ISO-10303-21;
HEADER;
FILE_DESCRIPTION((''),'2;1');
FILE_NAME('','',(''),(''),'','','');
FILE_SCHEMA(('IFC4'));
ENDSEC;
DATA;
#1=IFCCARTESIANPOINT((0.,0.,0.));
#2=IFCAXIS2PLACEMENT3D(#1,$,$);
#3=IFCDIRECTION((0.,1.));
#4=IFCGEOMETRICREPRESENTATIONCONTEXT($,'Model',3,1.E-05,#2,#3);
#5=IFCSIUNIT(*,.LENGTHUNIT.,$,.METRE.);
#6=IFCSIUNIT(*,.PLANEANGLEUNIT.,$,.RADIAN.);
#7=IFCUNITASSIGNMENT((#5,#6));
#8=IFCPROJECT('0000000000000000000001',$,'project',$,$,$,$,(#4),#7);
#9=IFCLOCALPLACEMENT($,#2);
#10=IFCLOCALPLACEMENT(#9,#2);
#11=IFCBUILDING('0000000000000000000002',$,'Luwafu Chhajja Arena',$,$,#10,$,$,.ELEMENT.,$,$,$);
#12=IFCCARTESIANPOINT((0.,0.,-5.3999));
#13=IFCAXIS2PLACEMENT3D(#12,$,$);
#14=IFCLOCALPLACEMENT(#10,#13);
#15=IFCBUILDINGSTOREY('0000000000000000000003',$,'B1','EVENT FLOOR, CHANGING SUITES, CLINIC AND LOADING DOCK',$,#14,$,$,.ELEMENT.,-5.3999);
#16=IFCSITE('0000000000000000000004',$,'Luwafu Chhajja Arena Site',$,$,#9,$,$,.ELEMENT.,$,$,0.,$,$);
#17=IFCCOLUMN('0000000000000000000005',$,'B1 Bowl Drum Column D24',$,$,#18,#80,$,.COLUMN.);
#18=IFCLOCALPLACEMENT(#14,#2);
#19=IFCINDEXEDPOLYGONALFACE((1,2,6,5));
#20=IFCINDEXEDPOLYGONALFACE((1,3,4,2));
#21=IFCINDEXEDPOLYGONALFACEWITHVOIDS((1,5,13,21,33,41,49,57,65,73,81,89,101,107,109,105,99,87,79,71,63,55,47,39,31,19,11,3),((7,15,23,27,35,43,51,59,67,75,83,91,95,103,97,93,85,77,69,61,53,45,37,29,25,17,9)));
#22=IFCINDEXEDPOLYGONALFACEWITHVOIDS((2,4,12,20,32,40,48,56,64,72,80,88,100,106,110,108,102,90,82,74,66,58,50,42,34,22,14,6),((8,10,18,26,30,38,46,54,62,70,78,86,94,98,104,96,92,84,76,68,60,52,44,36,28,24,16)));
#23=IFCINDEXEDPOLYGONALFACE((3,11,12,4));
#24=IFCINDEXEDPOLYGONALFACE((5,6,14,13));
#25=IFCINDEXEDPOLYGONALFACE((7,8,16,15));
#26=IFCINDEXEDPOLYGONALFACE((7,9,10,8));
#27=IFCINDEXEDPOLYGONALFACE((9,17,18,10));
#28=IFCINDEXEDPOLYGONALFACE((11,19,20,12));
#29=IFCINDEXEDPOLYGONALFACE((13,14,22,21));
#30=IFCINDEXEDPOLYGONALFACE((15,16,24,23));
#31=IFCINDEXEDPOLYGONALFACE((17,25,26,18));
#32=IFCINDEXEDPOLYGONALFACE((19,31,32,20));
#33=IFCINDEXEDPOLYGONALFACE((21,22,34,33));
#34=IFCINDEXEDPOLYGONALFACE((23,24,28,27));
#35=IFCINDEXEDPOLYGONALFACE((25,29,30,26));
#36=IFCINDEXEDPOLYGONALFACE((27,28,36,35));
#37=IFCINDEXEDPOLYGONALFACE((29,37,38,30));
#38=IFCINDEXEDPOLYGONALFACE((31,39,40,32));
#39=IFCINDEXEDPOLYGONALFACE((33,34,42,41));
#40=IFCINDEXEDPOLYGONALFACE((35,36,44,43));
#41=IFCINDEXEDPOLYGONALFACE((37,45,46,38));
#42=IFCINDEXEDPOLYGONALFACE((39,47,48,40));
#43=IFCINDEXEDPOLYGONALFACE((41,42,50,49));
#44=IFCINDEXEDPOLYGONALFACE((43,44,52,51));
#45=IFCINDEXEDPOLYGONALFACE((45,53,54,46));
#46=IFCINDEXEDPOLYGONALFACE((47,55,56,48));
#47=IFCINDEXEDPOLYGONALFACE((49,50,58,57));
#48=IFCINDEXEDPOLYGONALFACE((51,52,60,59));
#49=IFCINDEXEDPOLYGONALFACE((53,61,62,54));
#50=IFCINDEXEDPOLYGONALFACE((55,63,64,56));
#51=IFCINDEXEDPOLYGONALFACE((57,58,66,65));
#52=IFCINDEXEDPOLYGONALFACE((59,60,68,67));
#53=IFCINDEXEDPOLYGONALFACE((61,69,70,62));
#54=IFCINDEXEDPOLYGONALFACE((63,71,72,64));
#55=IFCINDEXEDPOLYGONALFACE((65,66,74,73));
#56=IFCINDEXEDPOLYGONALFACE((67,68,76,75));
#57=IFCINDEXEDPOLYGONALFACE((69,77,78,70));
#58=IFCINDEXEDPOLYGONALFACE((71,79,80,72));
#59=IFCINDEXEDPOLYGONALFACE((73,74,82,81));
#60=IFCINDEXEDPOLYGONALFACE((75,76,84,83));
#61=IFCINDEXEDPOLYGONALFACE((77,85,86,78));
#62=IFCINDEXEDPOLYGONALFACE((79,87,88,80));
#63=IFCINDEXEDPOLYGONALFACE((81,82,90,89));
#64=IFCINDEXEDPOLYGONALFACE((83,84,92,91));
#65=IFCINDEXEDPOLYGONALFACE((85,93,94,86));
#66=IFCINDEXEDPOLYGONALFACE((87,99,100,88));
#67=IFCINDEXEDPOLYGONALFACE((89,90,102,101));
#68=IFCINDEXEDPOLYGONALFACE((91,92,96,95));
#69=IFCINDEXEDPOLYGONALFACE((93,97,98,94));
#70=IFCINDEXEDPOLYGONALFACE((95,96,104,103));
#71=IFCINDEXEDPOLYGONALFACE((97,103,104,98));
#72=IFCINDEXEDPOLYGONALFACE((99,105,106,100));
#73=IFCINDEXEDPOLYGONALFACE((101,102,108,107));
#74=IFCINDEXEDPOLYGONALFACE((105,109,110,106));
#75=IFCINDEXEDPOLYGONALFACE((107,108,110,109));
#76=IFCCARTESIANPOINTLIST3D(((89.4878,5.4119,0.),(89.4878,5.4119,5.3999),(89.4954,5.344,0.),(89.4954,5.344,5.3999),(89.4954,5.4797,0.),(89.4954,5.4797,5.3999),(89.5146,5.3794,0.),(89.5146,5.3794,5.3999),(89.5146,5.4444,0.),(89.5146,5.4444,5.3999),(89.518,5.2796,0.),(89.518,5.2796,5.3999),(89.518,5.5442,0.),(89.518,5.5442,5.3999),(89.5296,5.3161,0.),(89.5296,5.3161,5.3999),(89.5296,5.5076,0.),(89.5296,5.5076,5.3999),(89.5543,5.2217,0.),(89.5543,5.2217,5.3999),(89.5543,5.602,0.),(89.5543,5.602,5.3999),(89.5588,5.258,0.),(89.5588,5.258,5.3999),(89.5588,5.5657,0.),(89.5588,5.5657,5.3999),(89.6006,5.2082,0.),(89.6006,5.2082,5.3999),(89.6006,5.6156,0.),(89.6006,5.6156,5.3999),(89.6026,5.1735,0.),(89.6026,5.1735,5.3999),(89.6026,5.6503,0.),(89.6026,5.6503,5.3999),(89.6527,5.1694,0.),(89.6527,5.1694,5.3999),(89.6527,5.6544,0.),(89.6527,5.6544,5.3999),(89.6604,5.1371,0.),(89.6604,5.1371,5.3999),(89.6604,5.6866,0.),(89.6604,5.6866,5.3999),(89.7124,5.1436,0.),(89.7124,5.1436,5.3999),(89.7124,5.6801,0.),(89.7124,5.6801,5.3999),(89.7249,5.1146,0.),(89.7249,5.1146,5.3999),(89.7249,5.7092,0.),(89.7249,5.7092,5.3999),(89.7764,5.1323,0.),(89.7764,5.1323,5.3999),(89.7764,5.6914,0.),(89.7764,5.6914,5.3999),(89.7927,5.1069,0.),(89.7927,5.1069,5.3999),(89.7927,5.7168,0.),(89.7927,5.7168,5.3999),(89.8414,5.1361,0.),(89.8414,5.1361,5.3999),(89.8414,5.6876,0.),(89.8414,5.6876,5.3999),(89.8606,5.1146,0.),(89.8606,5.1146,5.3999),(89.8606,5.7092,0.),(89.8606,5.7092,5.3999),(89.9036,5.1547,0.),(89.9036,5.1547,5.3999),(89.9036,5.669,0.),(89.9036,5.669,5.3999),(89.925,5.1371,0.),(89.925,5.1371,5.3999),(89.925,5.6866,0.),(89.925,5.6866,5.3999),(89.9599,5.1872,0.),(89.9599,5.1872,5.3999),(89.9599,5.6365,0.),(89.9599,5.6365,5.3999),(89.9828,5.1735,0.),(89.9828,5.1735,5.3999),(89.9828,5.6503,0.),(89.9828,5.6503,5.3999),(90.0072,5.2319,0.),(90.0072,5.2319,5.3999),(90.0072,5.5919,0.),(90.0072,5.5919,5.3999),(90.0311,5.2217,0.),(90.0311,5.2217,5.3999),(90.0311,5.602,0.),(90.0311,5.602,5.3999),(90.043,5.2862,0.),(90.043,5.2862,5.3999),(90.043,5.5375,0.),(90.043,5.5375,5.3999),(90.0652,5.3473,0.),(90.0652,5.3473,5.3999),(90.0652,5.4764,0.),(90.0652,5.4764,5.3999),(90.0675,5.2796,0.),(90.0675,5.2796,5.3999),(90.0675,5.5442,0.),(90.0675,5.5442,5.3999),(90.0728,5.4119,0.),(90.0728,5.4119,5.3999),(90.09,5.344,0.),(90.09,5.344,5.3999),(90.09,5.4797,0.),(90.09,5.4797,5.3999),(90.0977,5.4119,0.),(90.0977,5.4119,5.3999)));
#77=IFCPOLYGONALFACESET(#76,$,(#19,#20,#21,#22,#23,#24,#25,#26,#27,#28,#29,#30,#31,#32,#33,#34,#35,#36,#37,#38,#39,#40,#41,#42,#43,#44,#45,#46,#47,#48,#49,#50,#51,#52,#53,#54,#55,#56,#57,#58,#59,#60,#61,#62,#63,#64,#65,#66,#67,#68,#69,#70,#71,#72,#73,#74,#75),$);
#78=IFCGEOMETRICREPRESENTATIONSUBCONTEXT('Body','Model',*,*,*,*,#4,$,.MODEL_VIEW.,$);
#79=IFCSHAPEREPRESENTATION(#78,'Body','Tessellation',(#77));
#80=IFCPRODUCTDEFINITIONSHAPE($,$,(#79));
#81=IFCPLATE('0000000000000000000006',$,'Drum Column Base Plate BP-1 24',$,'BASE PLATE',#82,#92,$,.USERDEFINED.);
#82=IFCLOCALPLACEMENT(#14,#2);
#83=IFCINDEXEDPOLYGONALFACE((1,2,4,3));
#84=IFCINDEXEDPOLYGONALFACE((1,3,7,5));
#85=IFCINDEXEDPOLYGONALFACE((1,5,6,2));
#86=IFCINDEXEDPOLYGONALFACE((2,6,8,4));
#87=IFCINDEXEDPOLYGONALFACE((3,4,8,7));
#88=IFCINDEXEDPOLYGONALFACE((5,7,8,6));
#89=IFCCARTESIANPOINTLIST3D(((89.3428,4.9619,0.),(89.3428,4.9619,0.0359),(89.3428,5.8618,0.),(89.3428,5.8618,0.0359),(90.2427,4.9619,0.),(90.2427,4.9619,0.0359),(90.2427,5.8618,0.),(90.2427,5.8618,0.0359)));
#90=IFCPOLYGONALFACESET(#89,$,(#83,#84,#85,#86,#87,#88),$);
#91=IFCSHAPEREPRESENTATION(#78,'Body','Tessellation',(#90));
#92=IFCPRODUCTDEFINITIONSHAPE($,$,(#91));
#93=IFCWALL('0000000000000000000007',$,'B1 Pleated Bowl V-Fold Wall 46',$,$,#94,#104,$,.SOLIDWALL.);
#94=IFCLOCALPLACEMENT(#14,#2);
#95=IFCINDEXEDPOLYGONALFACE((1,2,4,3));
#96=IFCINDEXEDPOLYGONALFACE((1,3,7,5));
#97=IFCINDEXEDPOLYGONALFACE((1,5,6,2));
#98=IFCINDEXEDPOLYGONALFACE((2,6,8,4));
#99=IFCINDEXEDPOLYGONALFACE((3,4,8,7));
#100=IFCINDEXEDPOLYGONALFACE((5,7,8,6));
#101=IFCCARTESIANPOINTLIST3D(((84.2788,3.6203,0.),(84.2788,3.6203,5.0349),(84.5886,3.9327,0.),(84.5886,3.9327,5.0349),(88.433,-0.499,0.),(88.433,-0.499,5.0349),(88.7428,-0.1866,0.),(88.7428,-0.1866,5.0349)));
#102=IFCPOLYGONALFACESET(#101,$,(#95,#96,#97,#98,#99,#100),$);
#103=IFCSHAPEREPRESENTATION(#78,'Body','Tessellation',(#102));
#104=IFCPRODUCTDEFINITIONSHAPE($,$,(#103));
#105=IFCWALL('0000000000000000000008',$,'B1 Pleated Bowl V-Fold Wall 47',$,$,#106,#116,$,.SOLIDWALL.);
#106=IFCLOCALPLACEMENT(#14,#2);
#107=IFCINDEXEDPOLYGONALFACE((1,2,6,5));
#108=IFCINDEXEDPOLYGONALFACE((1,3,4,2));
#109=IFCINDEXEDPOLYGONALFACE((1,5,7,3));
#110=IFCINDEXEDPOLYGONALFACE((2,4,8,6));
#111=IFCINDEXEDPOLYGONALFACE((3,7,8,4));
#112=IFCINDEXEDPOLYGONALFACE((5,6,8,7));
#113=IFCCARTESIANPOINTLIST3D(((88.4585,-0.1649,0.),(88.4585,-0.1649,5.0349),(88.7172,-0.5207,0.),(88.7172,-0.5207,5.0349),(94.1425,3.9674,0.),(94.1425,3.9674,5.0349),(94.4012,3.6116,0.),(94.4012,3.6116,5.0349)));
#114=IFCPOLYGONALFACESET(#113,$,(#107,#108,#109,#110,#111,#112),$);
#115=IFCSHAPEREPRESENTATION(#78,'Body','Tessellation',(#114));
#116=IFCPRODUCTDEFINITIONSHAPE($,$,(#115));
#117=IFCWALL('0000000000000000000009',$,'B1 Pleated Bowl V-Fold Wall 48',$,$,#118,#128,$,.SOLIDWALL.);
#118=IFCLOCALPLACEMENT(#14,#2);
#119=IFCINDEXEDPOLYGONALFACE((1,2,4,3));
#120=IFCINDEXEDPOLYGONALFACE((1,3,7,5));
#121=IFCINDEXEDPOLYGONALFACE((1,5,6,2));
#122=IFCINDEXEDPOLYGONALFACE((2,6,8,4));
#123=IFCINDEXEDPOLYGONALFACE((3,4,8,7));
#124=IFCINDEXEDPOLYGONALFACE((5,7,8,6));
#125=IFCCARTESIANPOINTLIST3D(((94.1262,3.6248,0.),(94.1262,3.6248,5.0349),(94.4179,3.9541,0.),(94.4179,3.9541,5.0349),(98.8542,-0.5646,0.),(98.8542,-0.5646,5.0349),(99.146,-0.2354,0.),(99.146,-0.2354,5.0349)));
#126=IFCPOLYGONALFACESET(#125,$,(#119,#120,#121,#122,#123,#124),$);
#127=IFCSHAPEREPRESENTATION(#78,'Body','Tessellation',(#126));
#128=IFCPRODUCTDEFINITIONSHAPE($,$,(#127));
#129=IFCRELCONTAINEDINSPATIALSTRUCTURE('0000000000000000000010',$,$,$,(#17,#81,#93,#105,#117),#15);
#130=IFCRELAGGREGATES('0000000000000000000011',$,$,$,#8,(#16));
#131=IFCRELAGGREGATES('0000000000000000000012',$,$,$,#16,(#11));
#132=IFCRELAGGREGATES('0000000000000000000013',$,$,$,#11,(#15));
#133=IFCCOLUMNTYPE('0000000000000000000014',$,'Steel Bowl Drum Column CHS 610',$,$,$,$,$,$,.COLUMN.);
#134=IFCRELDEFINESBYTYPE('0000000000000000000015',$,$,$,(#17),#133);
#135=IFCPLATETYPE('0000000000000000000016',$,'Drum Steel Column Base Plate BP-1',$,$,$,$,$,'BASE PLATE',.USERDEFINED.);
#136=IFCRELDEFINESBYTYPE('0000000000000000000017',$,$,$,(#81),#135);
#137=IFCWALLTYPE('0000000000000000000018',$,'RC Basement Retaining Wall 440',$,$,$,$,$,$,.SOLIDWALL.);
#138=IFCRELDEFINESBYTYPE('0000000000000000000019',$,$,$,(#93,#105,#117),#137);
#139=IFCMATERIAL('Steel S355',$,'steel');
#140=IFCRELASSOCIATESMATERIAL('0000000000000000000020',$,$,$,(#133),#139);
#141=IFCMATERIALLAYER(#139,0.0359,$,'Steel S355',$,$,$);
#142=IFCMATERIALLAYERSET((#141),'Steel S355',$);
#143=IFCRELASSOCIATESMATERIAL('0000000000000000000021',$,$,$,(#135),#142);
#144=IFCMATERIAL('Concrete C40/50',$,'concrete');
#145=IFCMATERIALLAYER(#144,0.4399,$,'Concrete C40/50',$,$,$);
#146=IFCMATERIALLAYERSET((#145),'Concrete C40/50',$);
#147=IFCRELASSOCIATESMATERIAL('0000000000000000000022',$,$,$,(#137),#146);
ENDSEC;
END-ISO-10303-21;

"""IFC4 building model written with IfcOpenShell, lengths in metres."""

from ifc_helpers import new_model, si_unit, direction, frame, frame_2d, origin, origin_2d, place, context, subcontext, project, spatial, rectangle, hollow_circle, extrude, material, layer, layer_set, material_profile, profile_set, type_object, element, save


model = new_model("IFC4")

# Units and contexts
model_context = context("Model", 3, precision=1e-05, world=origin(), true_north=direction((0.0, 1.0)))
body_context = subcontext(model_context, "Body", "Model", "MODEL_VIEW")
ifc_project = project(units=[si_unit("LENGTHUNIT", "METRE"), si_unit("PLANEANGLEUNIT", "RADIAN")], contexts=[model_context])

# Site, building, storey
site_placement = place(None, origin())
site = spatial("IfcSite", under=ifc_project, at=site_placement, Name="Luwafu Chhajja Arena Site", CompositionType="ELEMENT", RefElevation=0.0)
building_placement = place(site_placement, origin())
building = spatial("IfcBuilding", under=site, at=building_placement, Name="Luwafu Chhajja Arena", CompositionType="ELEMENT")
storey_placement = place(building_placement, frame((0.0, 0.0, -5.3999)))
storey = spatial("IfcBuildingStorey", under=building, at=storey_placement, Name="B1", Description="EVENT FLOOR, CHANGING SUITES, CLINIC AND LOADING DOCK", CompositionType="ELEMENT", Elevation=-5.3999)

# Column
ifc_material_1 = material(Name="Concrete C40/50", Category="concrete")
ifc_material_2 = material(Name="Steel S355", Category="steel")
ifc_material_profile_1 = material_profile(ifc_material_2, hollow_circle(Radius=0.3049, WallThickness=0.0249, at=origin_2d()), Name="CHS 610x25")
ifc_profile_set_1 = profile_set([ifc_material_profile_1], Name="Steel S355")
column_type_1 = type_object("IfcColumnType", Name="Steel Bowl Drum Column CHS 610", PredefinedType="COLUMN", material=ifc_profile_set_1)
column_1_placement = place(storey_placement, frame((89.7927, 5.4119, 0.0), z_axis=(0.0, 0.0, 1.0), x_axis=(1.0, 0.0, 0.0)))
element("IfcColumn", 1, at=column_1_placement, inside=storey, type_object=column_type_1, Name="B1 Bowl Drum Column D24", PredefinedType="COLUMN", context=body_context, shape_type="SweptSolid", body=[
    extrude(hollow_circle(Radius=0.3049, WallThickness=0.0249, at=origin_2d()), origin(), (0.0, 0.0, 1.0), 5.3999),
])

# Plate
ifc_layer_1 = layer(ifc_material_2, 0.0359, Name="Steel S355")
ifc_layer_set_1 = layer_set([ifc_layer_1], Name="Steel S355")
plate_type = type_object("IfcPlateType", Name="Drum Steel Column Base Plate BP-1", ElementType="BASE PLATE", PredefinedType="USERDEFINED", material=ifc_layer_set_1)
plate_placement = place(storey_placement, frame((89.7927, 5.4119, 0.0), z_axis=(0.0, 0.0, 1.0), x_axis=(1.0, 0.0, 0.0)))
element("IfcPlate", 2, at=plate_placement, inside=storey, type_object=plate_type, Name="Drum Column Base Plate BP-1 24", ObjectType="BASE PLATE", PredefinedType="USERDEFINED", context=body_context, shape_type="SweptSolid", body=[
    extrude(rectangle(XDim=0.8999, YDim=0.8999, at=origin_2d()), origin(), (0.0, 0.0, 1.0), 0.0359),
])

# Walls
ifc_layer_2 = layer(ifc_material_1, 0.4399, Name="Concrete C40/50")
ifc_layer_set_2 = layer_set([ifc_layer_2], Name="Concrete C40/50")
wall_type = type_object("IfcWallType", Name="RC Basement Retaining Wall 440", PredefinedType="SOLIDWALL", material=ifc_layer_set_2)
wall_1_placement = place(storey_placement, frame((84.4336, 3.7766, 0.0), z_axis=(0.0, 0.0, 1.0), x_axis=(0.710084, -0.704117, 0.0)))
element("IfcWall", 3, at=wall_1_placement, inside=storey, type_object=wall_type, Name="B1 Pleated Bowl V-Fold Wall 46", PredefinedType="SOLIDWALL", context=body_context, shape_type="SweptSolid", body=[
    extrude(rectangle(XDim=5.8503, YDim=0.4399, at=frame_2d((2.9253, 0.0))), origin(), (0.0, 0.0, 1.0), 5.0349),
])
wall_2_placement = place(storey_placement, frame((88.5879, -0.3428, 0.0), z_axis=(0.0, 0.0, 1.0), x_axis=(0.808841, 0.588027, 0.0)))
element("IfcWall", 4, at=wall_2_placement, inside=storey, type_object=wall_type, Name="B1 Pleated Bowl V-Fold Wall 47", PredefinedType="SOLIDWALL", context=body_context, shape_type="SweptSolid", body=[
    extrude(rectangle(XDim=7.0273, YDim=0.4399, at=frame_2d((3.5137, 0.0))), origin(), (0.0, 0.0, 1.0), 5.0349),
])
wall_3_placement = place(storey_placement, frame((94.272, 3.7896, 0.0), z_axis=(0.0, 0.0, 1.0), x_axis=(0.748449, -0.663192, 0.0)))
element("IfcWall", 5, at=wall_3_placement, inside=storey, type_object=wall_type, Name="B1 Pleated Bowl V-Fold Wall 48", PredefinedType="SOLIDWALL", context=body_context, shape_type="SweptSolid", body=[
    extrude(rectangle(XDim=6.3171, YDim=0.4399, at=frame_2d((3.1587, 0.0))), origin(), (0.0, 0.0, 1.0), 5.0349),
])

save(model, "model.ifc")
